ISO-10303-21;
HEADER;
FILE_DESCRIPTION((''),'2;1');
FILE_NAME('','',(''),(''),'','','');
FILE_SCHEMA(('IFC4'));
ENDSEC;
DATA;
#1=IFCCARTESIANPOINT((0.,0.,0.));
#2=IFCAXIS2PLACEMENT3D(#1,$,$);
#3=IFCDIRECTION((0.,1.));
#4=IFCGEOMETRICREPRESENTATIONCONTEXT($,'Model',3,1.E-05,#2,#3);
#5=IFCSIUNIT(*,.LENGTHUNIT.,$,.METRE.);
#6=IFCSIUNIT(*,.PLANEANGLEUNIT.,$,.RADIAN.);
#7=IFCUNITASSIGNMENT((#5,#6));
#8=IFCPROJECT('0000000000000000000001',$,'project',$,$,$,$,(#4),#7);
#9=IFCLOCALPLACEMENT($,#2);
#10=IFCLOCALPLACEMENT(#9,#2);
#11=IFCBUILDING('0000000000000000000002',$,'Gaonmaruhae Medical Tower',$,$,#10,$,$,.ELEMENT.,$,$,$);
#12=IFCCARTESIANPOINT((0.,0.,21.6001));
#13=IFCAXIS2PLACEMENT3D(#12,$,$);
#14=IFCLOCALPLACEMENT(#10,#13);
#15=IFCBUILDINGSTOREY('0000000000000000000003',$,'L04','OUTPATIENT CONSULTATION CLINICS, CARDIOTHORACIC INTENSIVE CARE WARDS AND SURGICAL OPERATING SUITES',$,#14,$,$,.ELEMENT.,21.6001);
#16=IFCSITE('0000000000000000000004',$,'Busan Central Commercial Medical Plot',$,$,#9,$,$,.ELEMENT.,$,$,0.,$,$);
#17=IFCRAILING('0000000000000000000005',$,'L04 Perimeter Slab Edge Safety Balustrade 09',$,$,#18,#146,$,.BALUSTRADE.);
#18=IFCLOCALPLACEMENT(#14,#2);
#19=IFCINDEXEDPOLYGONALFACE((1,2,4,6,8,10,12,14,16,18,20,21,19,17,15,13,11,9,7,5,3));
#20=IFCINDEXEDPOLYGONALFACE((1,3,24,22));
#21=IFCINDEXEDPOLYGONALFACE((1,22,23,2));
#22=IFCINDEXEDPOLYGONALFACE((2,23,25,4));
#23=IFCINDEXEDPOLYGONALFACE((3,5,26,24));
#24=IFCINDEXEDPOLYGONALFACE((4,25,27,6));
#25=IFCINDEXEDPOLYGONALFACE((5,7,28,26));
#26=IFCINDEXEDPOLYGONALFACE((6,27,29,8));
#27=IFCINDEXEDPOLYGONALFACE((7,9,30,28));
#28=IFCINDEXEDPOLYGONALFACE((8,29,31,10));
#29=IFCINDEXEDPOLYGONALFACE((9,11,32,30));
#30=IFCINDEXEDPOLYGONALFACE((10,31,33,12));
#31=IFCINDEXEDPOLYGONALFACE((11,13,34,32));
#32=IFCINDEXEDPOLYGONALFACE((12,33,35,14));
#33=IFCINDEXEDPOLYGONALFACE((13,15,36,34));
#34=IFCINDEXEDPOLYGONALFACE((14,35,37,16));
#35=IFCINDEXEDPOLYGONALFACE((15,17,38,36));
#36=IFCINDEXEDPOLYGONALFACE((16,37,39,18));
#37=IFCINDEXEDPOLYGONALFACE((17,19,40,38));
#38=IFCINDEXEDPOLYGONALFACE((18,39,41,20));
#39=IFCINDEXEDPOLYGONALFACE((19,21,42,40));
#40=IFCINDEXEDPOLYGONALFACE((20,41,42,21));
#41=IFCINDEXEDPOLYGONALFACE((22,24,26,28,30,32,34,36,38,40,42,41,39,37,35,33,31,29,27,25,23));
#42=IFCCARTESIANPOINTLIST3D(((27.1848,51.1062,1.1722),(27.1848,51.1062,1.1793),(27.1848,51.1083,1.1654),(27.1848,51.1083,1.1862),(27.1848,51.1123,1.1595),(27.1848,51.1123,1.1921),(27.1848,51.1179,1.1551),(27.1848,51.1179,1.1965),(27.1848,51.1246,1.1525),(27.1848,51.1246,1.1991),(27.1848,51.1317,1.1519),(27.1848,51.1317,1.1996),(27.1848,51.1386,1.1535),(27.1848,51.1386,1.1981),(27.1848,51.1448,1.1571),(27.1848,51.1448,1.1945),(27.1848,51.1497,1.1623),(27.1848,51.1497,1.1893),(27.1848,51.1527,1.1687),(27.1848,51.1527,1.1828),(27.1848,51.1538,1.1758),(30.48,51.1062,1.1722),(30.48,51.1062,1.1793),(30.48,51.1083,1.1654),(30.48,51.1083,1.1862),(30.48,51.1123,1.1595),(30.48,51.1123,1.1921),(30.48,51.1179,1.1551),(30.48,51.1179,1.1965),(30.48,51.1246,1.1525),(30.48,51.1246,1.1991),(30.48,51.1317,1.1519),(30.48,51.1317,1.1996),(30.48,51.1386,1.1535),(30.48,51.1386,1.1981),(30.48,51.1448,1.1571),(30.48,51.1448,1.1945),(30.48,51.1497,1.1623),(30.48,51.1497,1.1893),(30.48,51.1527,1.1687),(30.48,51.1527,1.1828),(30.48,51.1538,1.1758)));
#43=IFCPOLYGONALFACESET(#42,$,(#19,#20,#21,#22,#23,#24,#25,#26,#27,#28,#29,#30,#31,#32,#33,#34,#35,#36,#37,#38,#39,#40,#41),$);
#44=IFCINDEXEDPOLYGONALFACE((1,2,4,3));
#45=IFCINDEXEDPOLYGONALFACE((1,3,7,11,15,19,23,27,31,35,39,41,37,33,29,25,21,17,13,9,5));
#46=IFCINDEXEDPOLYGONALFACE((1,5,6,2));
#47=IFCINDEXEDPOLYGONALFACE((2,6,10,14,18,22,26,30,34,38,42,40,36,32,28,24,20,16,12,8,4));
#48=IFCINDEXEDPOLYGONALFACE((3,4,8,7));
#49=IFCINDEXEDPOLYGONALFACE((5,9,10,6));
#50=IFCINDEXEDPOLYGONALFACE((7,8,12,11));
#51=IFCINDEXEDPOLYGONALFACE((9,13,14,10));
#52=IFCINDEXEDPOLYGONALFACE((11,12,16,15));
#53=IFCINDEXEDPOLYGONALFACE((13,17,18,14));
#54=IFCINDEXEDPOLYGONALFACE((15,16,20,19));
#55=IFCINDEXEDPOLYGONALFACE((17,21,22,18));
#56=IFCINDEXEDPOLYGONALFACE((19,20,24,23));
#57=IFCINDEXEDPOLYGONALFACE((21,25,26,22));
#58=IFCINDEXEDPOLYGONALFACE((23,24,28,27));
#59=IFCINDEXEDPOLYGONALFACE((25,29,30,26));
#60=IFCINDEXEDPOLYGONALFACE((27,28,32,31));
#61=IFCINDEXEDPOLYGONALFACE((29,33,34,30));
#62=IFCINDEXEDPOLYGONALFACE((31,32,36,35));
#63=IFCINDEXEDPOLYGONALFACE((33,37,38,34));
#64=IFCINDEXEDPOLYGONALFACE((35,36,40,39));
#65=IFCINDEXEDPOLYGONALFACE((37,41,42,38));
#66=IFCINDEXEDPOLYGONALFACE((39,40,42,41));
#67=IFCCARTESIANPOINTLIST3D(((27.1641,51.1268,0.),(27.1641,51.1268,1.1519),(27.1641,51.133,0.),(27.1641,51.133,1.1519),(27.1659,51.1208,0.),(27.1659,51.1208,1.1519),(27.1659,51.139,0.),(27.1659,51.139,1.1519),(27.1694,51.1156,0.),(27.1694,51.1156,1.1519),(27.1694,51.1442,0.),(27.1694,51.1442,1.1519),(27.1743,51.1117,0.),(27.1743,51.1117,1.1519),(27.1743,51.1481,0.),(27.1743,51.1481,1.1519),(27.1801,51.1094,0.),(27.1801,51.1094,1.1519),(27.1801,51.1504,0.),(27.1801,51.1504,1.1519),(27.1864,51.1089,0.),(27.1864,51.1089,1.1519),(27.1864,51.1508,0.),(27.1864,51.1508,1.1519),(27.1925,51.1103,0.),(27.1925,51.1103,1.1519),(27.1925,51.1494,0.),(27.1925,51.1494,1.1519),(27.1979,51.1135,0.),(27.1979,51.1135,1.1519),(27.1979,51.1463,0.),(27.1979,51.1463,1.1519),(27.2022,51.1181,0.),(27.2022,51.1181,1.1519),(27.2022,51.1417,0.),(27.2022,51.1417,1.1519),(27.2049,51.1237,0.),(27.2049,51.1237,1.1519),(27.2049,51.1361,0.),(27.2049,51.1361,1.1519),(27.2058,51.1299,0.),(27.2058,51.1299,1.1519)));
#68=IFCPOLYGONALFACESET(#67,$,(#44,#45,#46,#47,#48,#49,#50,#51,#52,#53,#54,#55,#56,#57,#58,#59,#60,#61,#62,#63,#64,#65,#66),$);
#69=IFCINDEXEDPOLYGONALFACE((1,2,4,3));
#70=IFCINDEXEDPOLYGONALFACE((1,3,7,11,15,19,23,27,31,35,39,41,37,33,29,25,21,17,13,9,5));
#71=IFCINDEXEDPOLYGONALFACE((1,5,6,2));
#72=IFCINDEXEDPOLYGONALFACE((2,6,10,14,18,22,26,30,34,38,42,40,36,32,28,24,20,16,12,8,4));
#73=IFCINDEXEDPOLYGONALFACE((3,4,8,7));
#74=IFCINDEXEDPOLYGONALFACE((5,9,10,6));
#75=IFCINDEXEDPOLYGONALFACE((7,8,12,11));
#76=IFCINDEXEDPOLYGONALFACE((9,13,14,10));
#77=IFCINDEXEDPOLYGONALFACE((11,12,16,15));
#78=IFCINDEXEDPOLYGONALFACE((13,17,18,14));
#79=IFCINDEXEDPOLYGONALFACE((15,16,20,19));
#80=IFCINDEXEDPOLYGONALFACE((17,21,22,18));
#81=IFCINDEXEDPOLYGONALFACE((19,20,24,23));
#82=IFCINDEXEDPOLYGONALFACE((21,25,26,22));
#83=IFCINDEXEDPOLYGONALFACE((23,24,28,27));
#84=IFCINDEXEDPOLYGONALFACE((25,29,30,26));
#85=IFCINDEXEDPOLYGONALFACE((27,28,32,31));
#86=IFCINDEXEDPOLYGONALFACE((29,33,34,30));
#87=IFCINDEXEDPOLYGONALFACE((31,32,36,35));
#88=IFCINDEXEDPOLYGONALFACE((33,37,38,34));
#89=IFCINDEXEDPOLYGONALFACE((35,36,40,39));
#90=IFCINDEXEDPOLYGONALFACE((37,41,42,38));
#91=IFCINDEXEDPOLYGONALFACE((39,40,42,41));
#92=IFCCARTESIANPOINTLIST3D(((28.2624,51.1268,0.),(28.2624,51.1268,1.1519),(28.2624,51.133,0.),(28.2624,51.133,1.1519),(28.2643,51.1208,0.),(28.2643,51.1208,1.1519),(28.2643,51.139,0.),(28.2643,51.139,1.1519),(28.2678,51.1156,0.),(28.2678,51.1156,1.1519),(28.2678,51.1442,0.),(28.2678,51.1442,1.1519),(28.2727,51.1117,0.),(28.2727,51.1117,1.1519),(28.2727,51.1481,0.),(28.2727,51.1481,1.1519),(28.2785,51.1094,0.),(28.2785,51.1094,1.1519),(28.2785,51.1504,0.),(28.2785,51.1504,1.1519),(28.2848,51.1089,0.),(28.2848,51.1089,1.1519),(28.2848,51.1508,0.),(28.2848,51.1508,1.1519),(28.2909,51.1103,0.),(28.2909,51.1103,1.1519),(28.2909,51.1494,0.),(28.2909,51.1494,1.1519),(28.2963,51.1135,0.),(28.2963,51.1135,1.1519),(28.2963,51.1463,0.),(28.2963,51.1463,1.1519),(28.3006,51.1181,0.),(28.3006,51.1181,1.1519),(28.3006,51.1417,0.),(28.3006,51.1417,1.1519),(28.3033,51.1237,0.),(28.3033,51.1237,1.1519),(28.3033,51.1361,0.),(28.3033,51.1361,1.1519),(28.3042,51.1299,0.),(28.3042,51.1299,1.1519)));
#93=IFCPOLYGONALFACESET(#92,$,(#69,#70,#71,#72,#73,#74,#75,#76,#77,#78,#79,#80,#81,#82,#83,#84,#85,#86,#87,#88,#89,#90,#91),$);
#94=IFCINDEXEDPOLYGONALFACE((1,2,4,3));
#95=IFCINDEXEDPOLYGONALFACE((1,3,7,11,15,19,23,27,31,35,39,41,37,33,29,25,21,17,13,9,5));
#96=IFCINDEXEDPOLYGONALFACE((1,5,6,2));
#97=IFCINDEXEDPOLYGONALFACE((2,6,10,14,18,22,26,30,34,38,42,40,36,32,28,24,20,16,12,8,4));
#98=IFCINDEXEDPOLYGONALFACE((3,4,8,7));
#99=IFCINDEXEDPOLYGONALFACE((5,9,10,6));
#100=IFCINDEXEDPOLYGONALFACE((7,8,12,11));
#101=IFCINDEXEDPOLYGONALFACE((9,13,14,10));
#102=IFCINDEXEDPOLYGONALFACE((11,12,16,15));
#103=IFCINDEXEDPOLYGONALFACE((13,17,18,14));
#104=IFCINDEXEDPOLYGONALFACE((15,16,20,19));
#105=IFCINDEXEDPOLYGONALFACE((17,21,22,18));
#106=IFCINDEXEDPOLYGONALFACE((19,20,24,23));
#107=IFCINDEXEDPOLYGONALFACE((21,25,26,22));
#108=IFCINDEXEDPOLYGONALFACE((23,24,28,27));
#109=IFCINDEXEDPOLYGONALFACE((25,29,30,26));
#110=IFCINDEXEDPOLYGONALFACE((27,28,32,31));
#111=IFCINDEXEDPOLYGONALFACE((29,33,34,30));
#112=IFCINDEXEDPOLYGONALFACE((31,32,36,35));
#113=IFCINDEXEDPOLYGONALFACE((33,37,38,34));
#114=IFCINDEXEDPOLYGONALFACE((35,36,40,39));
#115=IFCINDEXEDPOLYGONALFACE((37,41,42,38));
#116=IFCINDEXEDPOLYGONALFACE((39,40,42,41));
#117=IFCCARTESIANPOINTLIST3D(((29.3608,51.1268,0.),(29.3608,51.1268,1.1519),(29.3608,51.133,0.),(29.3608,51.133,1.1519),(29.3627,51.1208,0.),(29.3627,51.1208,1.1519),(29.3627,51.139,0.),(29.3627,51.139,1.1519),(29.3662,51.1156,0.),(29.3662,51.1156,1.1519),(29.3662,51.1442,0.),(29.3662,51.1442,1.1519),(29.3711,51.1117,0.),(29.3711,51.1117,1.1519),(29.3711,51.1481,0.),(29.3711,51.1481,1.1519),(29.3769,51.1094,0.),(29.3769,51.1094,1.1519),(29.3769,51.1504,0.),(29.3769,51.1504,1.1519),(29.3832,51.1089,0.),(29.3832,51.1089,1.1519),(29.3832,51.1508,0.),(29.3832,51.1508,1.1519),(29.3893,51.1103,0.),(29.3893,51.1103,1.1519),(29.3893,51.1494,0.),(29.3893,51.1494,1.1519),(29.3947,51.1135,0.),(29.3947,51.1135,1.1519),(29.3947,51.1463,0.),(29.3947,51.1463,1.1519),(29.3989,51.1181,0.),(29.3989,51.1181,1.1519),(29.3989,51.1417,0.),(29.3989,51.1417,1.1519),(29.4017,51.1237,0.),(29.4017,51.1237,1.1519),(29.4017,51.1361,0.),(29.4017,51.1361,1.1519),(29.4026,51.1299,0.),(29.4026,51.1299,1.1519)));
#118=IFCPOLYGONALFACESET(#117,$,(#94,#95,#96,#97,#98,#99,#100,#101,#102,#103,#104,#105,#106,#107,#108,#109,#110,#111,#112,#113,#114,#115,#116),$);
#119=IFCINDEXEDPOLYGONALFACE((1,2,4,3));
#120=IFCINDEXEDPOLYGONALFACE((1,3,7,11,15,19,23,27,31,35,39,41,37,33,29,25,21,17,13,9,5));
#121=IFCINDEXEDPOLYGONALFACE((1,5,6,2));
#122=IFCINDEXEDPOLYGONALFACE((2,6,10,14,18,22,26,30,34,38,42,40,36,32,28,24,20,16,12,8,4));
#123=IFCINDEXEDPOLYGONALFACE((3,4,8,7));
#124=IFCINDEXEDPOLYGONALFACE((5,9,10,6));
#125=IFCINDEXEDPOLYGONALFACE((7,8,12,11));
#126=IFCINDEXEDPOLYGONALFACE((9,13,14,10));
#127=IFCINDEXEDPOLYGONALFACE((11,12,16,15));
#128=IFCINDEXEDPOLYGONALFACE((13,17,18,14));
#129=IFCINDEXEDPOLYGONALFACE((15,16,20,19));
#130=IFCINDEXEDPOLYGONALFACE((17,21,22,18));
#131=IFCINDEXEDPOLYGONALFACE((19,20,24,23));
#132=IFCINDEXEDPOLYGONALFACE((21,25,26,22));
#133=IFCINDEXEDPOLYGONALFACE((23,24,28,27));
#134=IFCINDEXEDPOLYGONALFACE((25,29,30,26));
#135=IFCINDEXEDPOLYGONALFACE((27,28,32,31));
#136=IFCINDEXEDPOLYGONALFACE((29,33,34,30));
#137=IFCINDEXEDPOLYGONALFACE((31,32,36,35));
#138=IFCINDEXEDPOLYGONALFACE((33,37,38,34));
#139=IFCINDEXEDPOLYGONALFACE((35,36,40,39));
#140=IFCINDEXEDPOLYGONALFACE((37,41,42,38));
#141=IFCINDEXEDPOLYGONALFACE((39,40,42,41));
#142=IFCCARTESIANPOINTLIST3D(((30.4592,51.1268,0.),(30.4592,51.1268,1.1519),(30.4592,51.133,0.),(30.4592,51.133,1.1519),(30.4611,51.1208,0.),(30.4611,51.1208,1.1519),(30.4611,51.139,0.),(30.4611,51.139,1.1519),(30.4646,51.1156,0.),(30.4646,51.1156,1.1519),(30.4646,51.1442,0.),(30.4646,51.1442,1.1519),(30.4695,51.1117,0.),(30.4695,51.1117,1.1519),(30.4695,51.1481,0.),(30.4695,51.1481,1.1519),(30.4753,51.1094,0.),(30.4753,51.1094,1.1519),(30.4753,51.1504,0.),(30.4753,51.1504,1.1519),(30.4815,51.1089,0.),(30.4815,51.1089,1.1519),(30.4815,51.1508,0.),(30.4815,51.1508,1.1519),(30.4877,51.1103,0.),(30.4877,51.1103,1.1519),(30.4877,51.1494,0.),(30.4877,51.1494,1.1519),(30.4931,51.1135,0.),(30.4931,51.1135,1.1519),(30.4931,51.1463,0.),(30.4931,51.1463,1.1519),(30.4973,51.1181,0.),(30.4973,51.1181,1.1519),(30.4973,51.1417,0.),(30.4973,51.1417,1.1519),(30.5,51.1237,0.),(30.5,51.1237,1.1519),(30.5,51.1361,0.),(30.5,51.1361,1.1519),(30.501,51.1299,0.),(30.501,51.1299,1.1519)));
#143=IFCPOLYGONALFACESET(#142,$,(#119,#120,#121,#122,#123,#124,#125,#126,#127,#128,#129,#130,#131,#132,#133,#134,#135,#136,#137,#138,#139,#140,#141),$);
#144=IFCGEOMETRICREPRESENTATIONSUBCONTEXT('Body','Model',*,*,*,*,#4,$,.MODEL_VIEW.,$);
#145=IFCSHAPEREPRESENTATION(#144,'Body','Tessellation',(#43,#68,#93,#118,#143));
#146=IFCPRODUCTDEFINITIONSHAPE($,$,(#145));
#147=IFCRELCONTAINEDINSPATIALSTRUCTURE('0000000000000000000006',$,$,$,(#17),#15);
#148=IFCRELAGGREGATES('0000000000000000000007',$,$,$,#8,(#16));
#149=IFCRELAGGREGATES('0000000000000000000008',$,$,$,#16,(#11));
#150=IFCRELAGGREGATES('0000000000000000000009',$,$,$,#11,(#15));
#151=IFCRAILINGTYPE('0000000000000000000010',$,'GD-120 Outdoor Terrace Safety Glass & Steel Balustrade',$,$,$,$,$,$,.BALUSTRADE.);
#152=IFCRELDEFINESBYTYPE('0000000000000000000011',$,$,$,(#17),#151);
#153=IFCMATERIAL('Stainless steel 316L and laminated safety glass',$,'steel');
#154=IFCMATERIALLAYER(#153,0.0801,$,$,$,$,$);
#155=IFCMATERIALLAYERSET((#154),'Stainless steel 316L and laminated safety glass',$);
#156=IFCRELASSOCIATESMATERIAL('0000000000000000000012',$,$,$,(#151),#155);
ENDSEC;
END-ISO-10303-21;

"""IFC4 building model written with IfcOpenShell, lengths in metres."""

from ifc_helpers import new_model, si_unit, direction, frame, origin, origin_2d, place, context, subcontext, project, spatial, circle, extrude, material, layer, layer_set, type_object, element, save


model = new_model("IFC4")

# Units and contexts
model_context = context("Model", 3, precision=1e-05, world=origin(), true_north=direction((0.0, 1.0)))
body_context = subcontext(model_context, "Body", "Model", "MODEL_VIEW")
ifc_project = project(units=[si_unit("LENGTHUNIT", "METRE"), si_unit("PLANEANGLEUNIT", "RADIAN")], contexts=[model_context])

# Site, building, storey
site_placement = place(None, origin())
site = spatial("IfcSite", under=ifc_project, at=site_placement, Name="Busan Central Commercial Medical Plot", CompositionType="ELEMENT", RefElevation=0.0)
building_placement = place(site_placement, origin())
building = spatial("IfcBuilding", under=site, at=building_placement, Name="Gaonmaruhae Medical Tower", CompositionType="ELEMENT")
storey_placement = place(building_placement, frame((0.0, 0.0, 21.6001)))
storey = spatial("IfcBuildingStorey", under=building, at=storey_placement, Name="L04", Description="OUTPATIENT CONSULTATION CLINICS, CARDIOTHORACIC INTENSIVE CARE WARDS AND SURGICAL OPERATING SUITES", CompositionType="ELEMENT", Elevation=21.6001)

# Railing
ifc_material_1 = material(Name="Stainless steel 316L and laminated safety glass", Category="steel")
ifc_layer_1 = layer(ifc_material_1, 0.0801)
ifc_layer_set_1 = layer_set([ifc_layer_1], Name="Stainless steel 316L and laminated safety glass")
railing_type = type_object("IfcRailingType", Name="GD-120 Outdoor Terrace Safety Glass & Steel Balustrade", PredefinedType="BALUSTRADE", material=ifc_layer_set_1)
railing_1_placement = place(storey_placement, frame((27.1848, 51.1299, 0.0)))
element("IfcRailing", 1, at=railing_1_placement, inside=storey, type_object=railing_type, Name="L04 Perimeter Slab Edge Safety Balustrade 09", PredefinedType="BALUSTRADE", context=body_context, shape_type="SweptSolid", body=[
    extrude(circle(Radius=0.0239, at=origin_2d()), frame((0.0, 0.0, 1.1758), z_axis=(1.0, 0.0, 0.0), x_axis=(0.0, 1.0, 0.0)), (0.0, 0.0, 1.0), 3.2952),
    extrude(circle(Radius=0.021, at=origin_2d()), origin(), (0.0, 0.0, 1.0), 1.1519),
    extrude(circle(Radius=0.021, at=origin_2d()), frame((1.0984, 0.0, 0.0)), (0.0, 0.0, 1.0), 1.1519),
    extrude(circle(Radius=0.021, at=origin_2d()), frame((2.1968, 0.0, 0.0)), (0.0, 0.0, 1.0), 1.1519),
    extrude(circle(Radius=0.021, at=origin_2d()), frame((3.2952, 0.0, 0.0)), (0.0, 0.0, 1.0), 1.1519),
])

save(model, "model.ifc")
